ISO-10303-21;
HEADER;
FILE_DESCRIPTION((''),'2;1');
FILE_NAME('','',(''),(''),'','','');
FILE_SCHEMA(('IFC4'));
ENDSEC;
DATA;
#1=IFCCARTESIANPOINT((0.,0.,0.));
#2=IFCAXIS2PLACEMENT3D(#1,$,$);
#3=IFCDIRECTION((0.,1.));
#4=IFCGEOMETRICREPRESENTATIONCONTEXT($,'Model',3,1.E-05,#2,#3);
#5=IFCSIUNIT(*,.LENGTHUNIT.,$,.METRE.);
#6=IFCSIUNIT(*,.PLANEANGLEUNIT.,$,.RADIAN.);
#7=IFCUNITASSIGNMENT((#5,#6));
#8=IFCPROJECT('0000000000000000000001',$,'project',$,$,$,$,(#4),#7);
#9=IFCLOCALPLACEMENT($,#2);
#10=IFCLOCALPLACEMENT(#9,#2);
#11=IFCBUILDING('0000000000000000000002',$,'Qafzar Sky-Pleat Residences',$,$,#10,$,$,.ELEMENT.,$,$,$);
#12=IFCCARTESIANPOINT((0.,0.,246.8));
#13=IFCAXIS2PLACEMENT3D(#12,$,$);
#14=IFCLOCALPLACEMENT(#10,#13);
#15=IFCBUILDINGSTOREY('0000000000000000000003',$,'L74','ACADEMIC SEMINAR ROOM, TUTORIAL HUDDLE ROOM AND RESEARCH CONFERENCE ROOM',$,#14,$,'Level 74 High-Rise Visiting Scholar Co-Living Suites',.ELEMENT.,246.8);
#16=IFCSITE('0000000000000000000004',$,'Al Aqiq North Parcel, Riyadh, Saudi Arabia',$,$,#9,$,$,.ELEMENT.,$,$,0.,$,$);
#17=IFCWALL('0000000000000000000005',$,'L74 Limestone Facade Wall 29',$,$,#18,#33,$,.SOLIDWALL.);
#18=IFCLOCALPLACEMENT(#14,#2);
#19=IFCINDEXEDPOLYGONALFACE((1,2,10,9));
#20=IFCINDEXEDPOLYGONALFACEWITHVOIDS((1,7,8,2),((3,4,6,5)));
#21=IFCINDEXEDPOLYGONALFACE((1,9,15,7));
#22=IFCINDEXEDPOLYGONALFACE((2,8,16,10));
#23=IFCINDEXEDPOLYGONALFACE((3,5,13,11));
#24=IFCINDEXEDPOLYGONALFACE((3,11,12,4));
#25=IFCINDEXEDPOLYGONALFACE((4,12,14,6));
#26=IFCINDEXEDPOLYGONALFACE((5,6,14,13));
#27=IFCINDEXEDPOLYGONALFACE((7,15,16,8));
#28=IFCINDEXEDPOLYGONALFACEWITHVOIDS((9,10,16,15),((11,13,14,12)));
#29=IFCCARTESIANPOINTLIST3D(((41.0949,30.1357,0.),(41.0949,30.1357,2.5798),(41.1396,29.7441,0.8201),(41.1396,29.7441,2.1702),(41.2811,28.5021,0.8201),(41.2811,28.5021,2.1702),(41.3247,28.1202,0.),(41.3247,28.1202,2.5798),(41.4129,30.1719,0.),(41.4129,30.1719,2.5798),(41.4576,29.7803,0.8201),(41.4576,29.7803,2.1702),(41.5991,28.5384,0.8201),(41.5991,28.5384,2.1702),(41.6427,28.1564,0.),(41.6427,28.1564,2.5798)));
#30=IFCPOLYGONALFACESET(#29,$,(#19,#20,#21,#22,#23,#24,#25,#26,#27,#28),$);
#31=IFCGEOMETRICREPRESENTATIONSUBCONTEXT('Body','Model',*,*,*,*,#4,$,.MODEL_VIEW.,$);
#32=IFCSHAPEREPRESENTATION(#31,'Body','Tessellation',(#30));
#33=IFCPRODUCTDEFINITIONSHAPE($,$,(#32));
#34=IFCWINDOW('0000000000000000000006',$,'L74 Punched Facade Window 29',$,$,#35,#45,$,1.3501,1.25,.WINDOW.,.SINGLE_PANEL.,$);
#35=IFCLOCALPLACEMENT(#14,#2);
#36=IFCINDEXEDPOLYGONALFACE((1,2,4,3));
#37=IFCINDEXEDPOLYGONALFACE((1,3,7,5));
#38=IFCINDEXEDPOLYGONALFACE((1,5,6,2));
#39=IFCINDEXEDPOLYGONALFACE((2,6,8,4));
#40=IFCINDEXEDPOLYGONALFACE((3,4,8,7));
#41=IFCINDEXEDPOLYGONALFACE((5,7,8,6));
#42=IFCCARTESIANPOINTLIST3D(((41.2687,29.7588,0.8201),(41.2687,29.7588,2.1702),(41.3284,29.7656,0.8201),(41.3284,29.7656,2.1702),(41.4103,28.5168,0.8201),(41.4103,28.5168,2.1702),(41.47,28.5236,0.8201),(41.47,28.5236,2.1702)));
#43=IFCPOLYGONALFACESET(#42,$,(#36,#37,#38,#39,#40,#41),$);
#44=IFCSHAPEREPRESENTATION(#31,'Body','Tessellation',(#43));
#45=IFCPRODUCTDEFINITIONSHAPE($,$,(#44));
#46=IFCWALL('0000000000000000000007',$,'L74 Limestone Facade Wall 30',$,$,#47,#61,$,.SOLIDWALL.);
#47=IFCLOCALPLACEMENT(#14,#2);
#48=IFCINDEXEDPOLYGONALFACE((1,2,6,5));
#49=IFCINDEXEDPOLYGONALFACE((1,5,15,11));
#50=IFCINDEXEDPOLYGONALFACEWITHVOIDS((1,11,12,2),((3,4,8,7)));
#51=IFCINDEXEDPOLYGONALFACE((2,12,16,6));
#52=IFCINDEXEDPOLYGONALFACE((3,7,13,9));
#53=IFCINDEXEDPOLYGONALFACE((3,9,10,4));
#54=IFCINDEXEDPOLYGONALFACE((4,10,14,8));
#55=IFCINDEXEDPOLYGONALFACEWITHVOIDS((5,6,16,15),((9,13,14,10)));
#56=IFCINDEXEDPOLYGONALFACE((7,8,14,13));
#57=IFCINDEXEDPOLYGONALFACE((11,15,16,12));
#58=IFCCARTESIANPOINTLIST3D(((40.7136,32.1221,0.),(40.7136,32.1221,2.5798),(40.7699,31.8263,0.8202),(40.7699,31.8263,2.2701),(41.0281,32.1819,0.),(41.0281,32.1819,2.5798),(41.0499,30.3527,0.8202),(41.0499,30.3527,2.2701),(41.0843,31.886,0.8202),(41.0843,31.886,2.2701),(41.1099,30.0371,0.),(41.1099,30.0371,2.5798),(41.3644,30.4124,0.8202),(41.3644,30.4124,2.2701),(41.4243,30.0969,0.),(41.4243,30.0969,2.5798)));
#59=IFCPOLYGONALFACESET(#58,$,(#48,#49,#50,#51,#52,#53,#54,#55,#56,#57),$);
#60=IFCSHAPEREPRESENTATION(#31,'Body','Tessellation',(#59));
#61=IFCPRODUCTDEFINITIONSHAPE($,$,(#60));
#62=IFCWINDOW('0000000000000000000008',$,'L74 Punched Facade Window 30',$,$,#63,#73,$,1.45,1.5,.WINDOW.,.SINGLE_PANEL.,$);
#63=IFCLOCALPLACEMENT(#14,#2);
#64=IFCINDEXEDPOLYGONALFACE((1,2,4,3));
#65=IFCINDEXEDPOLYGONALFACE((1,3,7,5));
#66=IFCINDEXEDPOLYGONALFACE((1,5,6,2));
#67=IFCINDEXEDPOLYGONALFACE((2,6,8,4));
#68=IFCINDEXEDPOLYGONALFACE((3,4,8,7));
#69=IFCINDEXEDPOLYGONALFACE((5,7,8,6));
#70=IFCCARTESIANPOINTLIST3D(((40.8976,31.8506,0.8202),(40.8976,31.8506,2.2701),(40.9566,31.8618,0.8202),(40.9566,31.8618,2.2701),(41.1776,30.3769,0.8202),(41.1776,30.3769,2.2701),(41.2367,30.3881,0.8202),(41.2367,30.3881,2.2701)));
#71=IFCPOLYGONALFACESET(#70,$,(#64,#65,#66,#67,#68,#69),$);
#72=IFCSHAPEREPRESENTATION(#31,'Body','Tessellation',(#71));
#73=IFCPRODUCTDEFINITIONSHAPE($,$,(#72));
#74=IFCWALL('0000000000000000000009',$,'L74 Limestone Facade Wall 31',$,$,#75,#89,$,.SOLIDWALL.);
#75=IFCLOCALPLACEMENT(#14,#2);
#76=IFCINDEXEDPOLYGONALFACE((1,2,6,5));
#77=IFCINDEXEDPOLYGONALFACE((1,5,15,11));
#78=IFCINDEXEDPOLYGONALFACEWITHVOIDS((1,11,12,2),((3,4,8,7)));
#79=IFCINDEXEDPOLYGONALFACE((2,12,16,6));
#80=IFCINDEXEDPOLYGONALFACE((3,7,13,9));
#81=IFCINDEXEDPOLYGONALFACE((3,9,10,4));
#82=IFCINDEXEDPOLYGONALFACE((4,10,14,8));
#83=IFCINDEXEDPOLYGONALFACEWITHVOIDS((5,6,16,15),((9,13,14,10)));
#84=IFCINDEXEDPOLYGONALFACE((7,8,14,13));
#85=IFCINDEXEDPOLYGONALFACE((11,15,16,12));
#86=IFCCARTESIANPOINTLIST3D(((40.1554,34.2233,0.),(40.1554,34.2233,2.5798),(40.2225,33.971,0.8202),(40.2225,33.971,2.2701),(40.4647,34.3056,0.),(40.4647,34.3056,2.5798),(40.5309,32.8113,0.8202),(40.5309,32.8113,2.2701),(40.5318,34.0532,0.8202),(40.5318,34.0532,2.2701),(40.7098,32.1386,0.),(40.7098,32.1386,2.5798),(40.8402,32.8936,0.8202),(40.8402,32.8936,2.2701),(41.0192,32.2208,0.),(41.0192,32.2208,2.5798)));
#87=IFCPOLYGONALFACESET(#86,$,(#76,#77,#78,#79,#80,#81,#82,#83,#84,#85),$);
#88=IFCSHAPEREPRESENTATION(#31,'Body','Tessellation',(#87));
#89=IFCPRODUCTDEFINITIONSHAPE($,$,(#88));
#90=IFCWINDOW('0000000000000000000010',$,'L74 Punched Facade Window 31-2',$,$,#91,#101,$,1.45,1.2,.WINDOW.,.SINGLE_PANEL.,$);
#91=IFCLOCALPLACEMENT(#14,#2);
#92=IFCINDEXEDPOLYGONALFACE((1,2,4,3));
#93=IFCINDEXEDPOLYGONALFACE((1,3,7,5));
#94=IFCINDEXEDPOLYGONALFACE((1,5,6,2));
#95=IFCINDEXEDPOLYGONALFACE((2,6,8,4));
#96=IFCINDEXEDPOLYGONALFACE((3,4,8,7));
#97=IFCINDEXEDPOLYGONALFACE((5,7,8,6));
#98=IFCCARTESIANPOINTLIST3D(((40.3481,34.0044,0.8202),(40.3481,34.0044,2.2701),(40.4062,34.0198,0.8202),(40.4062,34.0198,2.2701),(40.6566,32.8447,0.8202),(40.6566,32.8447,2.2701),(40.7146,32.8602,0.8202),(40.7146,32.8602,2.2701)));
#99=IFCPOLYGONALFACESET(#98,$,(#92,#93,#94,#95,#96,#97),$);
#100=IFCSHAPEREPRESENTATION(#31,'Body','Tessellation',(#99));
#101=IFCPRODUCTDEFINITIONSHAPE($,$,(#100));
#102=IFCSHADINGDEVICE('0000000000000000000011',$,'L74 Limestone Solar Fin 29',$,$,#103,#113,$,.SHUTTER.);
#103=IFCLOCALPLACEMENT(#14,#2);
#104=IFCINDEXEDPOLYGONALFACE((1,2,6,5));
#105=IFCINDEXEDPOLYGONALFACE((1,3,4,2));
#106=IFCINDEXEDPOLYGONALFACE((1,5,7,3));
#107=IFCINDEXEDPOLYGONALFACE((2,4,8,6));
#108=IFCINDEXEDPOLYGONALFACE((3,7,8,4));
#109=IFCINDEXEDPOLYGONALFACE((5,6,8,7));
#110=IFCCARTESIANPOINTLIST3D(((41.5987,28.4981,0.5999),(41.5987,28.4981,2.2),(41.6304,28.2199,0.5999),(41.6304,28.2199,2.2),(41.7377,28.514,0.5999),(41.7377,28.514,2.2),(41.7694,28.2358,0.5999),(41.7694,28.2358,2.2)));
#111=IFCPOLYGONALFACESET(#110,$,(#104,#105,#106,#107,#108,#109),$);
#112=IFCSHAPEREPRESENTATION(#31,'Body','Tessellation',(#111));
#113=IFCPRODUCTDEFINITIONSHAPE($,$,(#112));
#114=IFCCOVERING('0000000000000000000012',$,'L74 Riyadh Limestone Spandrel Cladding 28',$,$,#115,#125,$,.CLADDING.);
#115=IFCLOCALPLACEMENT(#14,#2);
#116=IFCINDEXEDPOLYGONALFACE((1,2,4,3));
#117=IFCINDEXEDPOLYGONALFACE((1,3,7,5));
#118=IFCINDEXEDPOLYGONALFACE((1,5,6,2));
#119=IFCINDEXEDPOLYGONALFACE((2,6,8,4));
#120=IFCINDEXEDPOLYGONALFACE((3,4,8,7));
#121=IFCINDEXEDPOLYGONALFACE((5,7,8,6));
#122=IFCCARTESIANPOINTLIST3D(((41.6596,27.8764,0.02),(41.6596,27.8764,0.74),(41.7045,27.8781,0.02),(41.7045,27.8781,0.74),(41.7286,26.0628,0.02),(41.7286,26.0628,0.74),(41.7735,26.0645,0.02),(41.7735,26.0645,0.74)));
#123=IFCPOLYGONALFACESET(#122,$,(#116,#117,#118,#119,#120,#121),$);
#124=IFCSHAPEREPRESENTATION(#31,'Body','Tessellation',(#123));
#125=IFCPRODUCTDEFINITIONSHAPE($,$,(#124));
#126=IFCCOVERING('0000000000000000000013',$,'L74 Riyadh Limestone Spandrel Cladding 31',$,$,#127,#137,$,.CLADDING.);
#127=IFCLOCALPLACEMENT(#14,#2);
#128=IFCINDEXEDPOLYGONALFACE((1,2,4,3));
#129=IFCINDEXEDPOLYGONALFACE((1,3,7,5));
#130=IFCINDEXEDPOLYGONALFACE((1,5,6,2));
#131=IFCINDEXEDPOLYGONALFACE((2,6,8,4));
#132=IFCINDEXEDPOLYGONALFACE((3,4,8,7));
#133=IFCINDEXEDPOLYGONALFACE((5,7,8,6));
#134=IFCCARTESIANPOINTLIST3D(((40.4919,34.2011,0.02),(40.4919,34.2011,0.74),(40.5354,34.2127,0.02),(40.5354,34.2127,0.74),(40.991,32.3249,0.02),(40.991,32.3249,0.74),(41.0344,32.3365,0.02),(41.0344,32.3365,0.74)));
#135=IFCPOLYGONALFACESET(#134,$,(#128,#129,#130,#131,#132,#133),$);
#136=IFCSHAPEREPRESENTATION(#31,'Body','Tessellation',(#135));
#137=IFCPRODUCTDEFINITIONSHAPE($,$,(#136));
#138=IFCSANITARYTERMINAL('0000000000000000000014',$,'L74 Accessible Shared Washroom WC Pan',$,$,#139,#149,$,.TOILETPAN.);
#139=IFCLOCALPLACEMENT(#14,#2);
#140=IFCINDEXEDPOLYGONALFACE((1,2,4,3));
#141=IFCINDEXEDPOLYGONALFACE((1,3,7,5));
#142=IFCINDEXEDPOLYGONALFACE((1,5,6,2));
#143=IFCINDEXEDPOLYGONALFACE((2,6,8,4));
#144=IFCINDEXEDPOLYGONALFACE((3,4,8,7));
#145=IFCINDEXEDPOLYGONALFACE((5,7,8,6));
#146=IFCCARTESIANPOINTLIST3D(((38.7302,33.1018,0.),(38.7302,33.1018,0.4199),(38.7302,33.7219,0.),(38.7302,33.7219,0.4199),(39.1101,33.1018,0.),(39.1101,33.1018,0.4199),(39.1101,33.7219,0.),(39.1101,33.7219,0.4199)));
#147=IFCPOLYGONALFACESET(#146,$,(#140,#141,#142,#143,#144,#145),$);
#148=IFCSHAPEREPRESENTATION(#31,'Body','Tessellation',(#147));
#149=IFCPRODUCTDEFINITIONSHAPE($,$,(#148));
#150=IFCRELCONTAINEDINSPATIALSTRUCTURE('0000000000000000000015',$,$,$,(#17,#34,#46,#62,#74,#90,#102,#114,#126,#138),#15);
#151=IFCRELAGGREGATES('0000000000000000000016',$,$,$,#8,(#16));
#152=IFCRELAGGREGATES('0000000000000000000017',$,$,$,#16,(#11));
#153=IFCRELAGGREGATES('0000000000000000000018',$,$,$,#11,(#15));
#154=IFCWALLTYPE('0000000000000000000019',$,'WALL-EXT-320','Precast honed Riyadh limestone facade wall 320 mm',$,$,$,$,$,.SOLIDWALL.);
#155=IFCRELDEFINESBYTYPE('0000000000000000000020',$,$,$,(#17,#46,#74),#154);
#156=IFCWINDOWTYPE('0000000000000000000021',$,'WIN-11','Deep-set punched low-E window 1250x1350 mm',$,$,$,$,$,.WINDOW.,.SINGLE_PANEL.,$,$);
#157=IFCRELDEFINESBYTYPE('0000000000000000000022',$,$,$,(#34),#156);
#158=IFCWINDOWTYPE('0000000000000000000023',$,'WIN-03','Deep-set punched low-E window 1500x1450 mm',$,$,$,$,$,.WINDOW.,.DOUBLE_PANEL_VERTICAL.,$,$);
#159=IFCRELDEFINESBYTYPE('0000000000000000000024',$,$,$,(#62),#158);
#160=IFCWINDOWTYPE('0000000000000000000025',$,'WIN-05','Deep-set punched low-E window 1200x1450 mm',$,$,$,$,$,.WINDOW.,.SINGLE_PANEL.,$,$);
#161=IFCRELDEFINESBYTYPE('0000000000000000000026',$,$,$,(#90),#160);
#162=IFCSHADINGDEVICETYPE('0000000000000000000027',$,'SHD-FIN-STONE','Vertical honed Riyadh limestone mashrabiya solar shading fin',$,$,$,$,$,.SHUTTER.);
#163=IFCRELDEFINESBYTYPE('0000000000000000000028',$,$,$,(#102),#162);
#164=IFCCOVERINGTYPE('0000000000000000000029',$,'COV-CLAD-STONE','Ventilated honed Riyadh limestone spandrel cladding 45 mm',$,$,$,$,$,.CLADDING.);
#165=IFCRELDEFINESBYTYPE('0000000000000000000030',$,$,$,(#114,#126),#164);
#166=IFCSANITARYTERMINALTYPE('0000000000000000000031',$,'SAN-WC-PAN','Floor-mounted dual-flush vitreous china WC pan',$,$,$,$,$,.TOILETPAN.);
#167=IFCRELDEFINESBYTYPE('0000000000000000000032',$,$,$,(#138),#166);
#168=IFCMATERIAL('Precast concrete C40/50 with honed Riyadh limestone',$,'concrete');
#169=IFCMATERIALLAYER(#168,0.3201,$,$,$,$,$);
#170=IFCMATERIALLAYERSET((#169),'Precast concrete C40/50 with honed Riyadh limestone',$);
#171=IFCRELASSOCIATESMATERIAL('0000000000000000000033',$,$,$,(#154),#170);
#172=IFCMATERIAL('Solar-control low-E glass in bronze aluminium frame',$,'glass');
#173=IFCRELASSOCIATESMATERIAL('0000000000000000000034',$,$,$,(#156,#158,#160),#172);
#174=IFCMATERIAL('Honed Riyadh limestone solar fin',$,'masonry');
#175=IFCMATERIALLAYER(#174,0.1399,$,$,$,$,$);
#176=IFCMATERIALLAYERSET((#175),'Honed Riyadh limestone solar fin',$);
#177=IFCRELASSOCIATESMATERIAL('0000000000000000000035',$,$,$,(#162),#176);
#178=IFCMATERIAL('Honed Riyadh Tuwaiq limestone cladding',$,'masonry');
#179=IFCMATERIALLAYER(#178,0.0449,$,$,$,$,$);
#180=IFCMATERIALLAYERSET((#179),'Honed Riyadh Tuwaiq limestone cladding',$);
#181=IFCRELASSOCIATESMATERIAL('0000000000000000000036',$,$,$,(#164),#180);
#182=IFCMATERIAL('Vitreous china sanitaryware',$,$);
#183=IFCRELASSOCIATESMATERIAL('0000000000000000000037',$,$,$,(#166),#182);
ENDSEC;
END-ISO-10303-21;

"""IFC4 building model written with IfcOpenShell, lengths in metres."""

from ifc_helpers import new_model, si_unit, direction, frame, frame_2d, origin, origin_2d, place, context, subcontext, project, spatial, rectangle, extrude, source, transform, mapped, material, layer, layer_set, type_object, element, fill, save


model = new_model("IFC4")

# Units and contexts
model_context = context("Model", 3, precision=1e-05, world=origin(), true_north=direction((0.0, 1.0)))
body_context = subcontext(model_context, "Body", "Model", "MODEL_VIEW")
ifc_project = project(units=[si_unit("LENGTHUNIT", "METRE"), si_unit("PLANEANGLEUNIT", "RADIAN")], contexts=[model_context])

# Site, building, storey
site_placement = place(None, origin())
site = spatial("IfcSite", under=ifc_project, at=site_placement, Name="Al Aqiq North Parcel, Riyadh, Saudi Arabia", CompositionType="ELEMENT", RefElevation=0.0)
building_placement = place(site_placement, origin())
building = spatial("IfcBuilding", under=site, at=building_placement, Name="Qafzar Sky-Pleat Residences", CompositionType="ELEMENT")
storey_placement = place(building_placement, frame((0.0, 0.0, 246.8)))
storey = spatial("IfcBuildingStorey", under=building, at=storey_placement, Name="L74", Description="ACADEMIC SEMINAR ROOM, TUTORIAL HUDDLE ROOM AND RESEARCH CONFERENCE ROOM", LongName="Level 74 High-Rise Visiting Scholar Co-Living Suites", CompositionType="ELEMENT", Elevation=246.8)

# Walls, openings, windows
ifc_material_1 = material(Name="Precast concrete C40/50 with honed Riyadh limestone", Category="concrete")
ifc_layer_1 = layer(ifc_material_1, 0.3201)
ifc_layer_set_1 = layer_set([ifc_layer_1], Name="Precast concrete C40/50 with honed Riyadh limestone")
wall_type = type_object("IfcWallType", Name="WALL-EXT-320", Description="Precast honed Riyadh limestone facade wall 320 mm", PredefinedType="SOLIDWALL", material=ifc_layer_set_1)
wall_1_placement = place(storey_placement, frame((41.4836, 28.1384, 0.0), z_axis=(0.0, 0.0, 1.0), x_axis=(-0.113245, 0.993567, 0.0)))
wall_1 = element("IfcWall", 1, at=wall_1_placement, inside=storey, type_object=wall_type, Name="L74 Limestone Facade Wall 29", PredefinedType="SOLIDWALL", context=body_context, shape_type="SweptSolid", body=[
    extrude(rectangle(XDim=2.0286, YDim=0.3201, at=frame_2d((1.0142, 0.0))), origin(), (0.0, 0.0, 1.0), 2.5798),
])
opening_1_placement = place(wall_1_placement, frame((0.3843, 0.0, 0.8201)))
opening_1 = element("IfcOpeningElement", 2, at=opening_1_placement, cuts=wall_1, PredefinedType="OPENING", context=body_context, shape_type="SweptSolid", body=[
    extrude(rectangle(XDim=1.25, YDim=1.3501, at=frame_2d((0.625, 0.675))), frame((0.0, 0.1699, 0.0), z_axis=(0.0, -1.0, 0.0), x_axis=(1.0, 0.0, 0.0)), (0.0, 0.0, 1.0), 0.3401),
])
ifc_material_2 = material(Name="Solar-control low-E glass in bronze aluminium frame", Category="glass")
window_type_1 = type_object("IfcWindowType", Name="WIN-11", Description="Deep-set punched low-E window 1250x1350 mm", PartitioningType="SINGLE_PANEL", PredefinedType="WINDOW", material=ifc_material_2)
shared_shape_1 = source(origin(), body_context, "Body", "SweptSolid", [
    extrude(rectangle(XDim=1.25, YDim=1.3501, at=frame_2d((0.625, 0.675))), frame((0.0, 0.03, 0.0), z_axis=(0.0, -1.0, 0.0), x_axis=(1.0, 0.0, 0.0)), (0.0, 0.0, 1.0), 0.0601),
])
window_1_placement = place(opening_1_placement, origin())
window_1 = element("IfcWindow", 3, at=window_1_placement, inside=storey, type_object=window_type_1, Name="L74 Punched Facade Window 29", OverallHeight=1.3501, OverallWidth=1.25, PartitioningType="SINGLE_PANEL", PredefinedType="WINDOW", context=body_context, shape_type="MappedRepresentation", body=[
    mapped(shared_shape_1, transform((0.0, 0.0, 0.0), x_axis=(1.0, 0.0, 0.0), y_axis=(0.0, 1.0, 0.0), z_axis=(0.0, 0.0, 1.0), scale=1.0)),
])
fill(opening_1, window_1)
wall_2_placement = place(storey_placement, frame((41.2671, 30.0671, 0.0), z_axis=(0.0, 0.0, 1.0), x_axis=(-0.186705, 0.982416, 0.0)))
wall_2 = element("IfcWall", 4, at=wall_2_placement, inside=storey, type_object=wall_type, Name="L74 Limestone Facade Wall 30", PredefinedType="SOLIDWALL", context=body_context, shape_type="SweptSolid", body=[
    extrude(rectangle(XDim=2.1223, YDim=0.3201, at=frame_2d((1.061, 0.0))), origin(), (0.0, 0.0, 1.0), 2.5798),
])
opening_2_placement = place(wall_2_placement, frame((0.321, 0.0, 0.8201)))
opening_2 = element("IfcOpeningElement", 5, at=opening_2_placement, cuts=wall_2, PredefinedType="OPENING", context=body_context, shape_type="SweptSolid", body=[
    extrude(rectangle(XDim=1.5, YDim=1.45, at=frame_2d((0.75, 0.7251))), frame((0.0, 0.1699, 0.0), z_axis=(0.0, -1.0, 0.0), x_axis=(1.0, 0.0, 0.0)), (0.0, 0.0, 1.0), 0.3401),
])
window_type_2 = type_object("IfcWindowType", Name="WIN-03", Description="Deep-set punched low-E window 1500x1450 mm", PartitioningType="DOUBLE_PANEL_VERTICAL", PredefinedType="WINDOW", material=ifc_material_2)
shared_shape_2 = source(origin(), body_context, "Body", "SweptSolid", [
    extrude(rectangle(XDim=1.5, YDim=1.45, at=frame_2d((0.75, 0.7251))), frame((0.0, 0.03, 0.0), z_axis=(0.0, -1.0, 0.0), x_axis=(1.0, 0.0, 0.0)), (0.0, 0.0, 1.0), 0.0601),
])
window_2_placement = place(opening_2_placement, origin())
window_2 = element("IfcWindow", 6, at=window_2_placement, inside=storey, type_object=window_type_2, Name="L74 Punched Facade Window 30", OverallHeight=1.45, OverallWidth=1.5, PartitioningType="SINGLE_PANEL", PredefinedType="WINDOW", context=body_context, shape_type="MappedRepresentation", body=[
    mapped(shared_shape_2, transform((0.0, 0.0, 0.0), x_axis=(1.0, 0.0, 0.0), y_axis=(0.0, 1.0, 0.0), z_axis=(0.0, 0.0, 1.0), scale=1.0)),
])
fill(opening_2, window_2)
wall_3_placement = place(storey_placement, frame((40.8645, 32.1797, 0.0), z_axis=(0.0, 0.0, 1.0), x_axis=(-0.257022, 0.966406, 0.0)))
wall_3 = element("IfcWall", 7, at=wall_3_placement, inside=storey, type_object=wall_type, Name="L74 Limestone Facade Wall 31", PredefinedType="SOLIDWALL", context=body_context, shape_type="SweptSolid", body=[
    extrude(rectangle(XDim=2.1572, YDim=0.3201, at=frame_2d((1.0786, 0.0))), origin(), (0.0, 0.0, 1.0), 2.5798),
])
opening_3_placement = place(wall_3_placement, frame((0.696, 0.0, 0.8201)))
opening_3 = element("IfcOpeningElement", 8, at=opening_3_placement, cuts=wall_3, PredefinedType="OPENING", context=body_context, shape_type="SweptSolid", body=[
    extrude(rectangle(XDim=1.2, YDim=1.45, at=frame_2d((0.6001, 0.7251))), frame((0.0, 0.1699, 0.0), z_axis=(0.0, -1.0, 0.0), x_axis=(1.0, 0.0, 0.0)), (0.0, 0.0, 1.0), 0.3401),
])
window_type_3 = type_object("IfcWindowType", Name="WIN-05", Description="Deep-set punched low-E window 1200x1450 mm", PartitioningType="SINGLE_PANEL", PredefinedType="WINDOW", material=ifc_material_2)
shared_shape_3 = source(origin(), body_context, "Body", "SweptSolid", [
    extrude(rectangle(XDim=1.2, YDim=1.45, at=frame_2d((0.6001, 0.7251))), frame((0.0, 0.03, 0.0), z_axis=(0.0, -1.0, 0.0), x_axis=(1.0, 0.0, 0.0)), (0.0, 0.0, 1.0), 0.0601),
])
window_3_placement = place(opening_3_placement, origin())
window_3 = element("IfcWindow", 9, at=window_3_placement, inside=storey, type_object=window_type_3, Name="L74 Punched Facade Window 31-2", OverallHeight=1.45, OverallWidth=1.2, PartitioningType="SINGLE_PANEL", PredefinedType="WINDOW", context=body_context, shape_type="MappedRepresentation", body=[
    mapped(shared_shape_3, transform((0.0, 0.0, 0.0), x_axis=(1.0, 0.0, 0.0), y_axis=(0.0, 1.0, 0.0), z_axis=(0.0, 0.0, 1.0), scale=1.0)),
])
fill(opening_3, window_3)

# Shading device
ifc_material_3 = material(Name="Honed Riyadh limestone solar fin", Category="masonry")
ifc_layer_2 = layer(ifc_material_3, 0.1399)
ifc_layer_set_2 = layer_set([ifc_layer_2], Name="Honed Riyadh limestone solar fin")
shading_device_type = type_object("IfcShadingDeviceType", Name="SHD-FIN-STONE", Description="Vertical honed Riyadh limestone mashrabiya solar shading fin", PredefinedType="SHUTTER", material=ifc_layer_set_2)
shared_shape_4 = source(origin(), body_context, "Body", "SweptSolid", [
    extrude(rectangle(XDim=0.1399, YDim=0.28, at=origin_2d()), origin(), (0.0, 0.0, 1.0), 1.6001),
])
shading_device_placement = place(storey_placement, frame((41.6841, 28.3669, 0.5999), z_axis=(0.0, 0.0, 1.0), x_axis=(0.993563, 0.113285, 0.0)))
element("IfcShadingDevice", 10, at=shading_device_placement, inside=storey, type_object=shading_device_type, Name="L74 Limestone Solar Fin 29", PredefinedType="SHUTTER", context=body_context, shape_type="MappedRepresentation", body=[
    mapped(shared_shape_4, transform((0.0, 0.0, 0.0), x_axis=(1.0, 0.0, 0.0), y_axis=(0.0, 1.0, 0.0), z_axis=(0.0, 0.0, 1.0), scale=1.0)),
])

# Coverings
ifc_material_4 = material(Name="Honed Riyadh Tuwaiq limestone cladding", Category="masonry")
ifc_layer_3 = layer(ifc_material_4, 0.0449)
ifc_layer_set_3 = layer_set([ifc_layer_3], Name="Honed Riyadh Tuwaiq limestone cladding")
covering_type = type_object("IfcCoveringType", Name="COV-CLAD-STONE", Description="Ventilated honed Riyadh limestone spandrel cladding 45 mm", PredefinedType="CLADDING", material=ifc_layer_set_3)
shared_shape_5 = source(origin(), body_context, "Body", "SweptSolid", [
    extrude(rectangle(XDim=1.8149, YDim=0.0449, at=origin_2d()), origin(), (0.0, 0.0, 1.0), 0.72),
])
covering_1_placement = place(storey_placement, frame((41.7166, 26.9705, 0.02), z_axis=(0.0, 0.0, 1.0), x_axis=(-0.037984, 0.999278, 0.0)))
element("IfcCovering", 11, at=covering_1_placement, inside=storey, type_object=covering_type, Name="L74 Riyadh Limestone Spandrel Cladding 28", PredefinedType="CLADDING", context=body_context, shape_type="MappedRepresentation", body=[
    mapped(shared_shape_5, transform((0.0, 0.0, 0.0), x_axis=(1.0, 0.0, 0.0), y_axis=(0.0, 1.0, 0.0), z_axis=(0.0, 0.0, 1.0), scale=1.0)),
])
shared_shape_6 = source(origin(), body_context, "Body", "SweptSolid", [
    extrude(rectangle(XDim=1.9414, YDim=0.0449, at=origin_2d()), origin(), (0.0, 0.0, 1.0), 0.72),
])
covering_2_placement = place(storey_placement, frame((40.7632, 33.2688, 0.02), z_axis=(0.0, 0.0, 1.0), x_axis=(-0.25706, 0.966396, 0.0)))
element("IfcCovering", 12, at=covering_2_placement, inside=storey, type_object=covering_type, Name="L74 Riyadh Limestone Spandrel Cladding 31", PredefinedType="CLADDING", context=body_context, shape_type="MappedRepresentation", body=[
    mapped(shared_shape_6, transform((0.0, 0.0, 0.0), x_axis=(1.0, 0.0, 0.0), y_axis=(0.0, 1.0, 0.0), z_axis=(0.0, 0.0, 1.0), scale=1.0)),
])

# Sanitary terminal
ifc_material_5 = material(Name="Vitreous china sanitaryware")
sanitary_terminal_type_1 = type_object("IfcSanitaryTerminalType", Name="SAN-WC-PAN", Description="Floor-mounted dual-flush vitreous china WC pan", PredefinedType="TOILETPAN", material=ifc_material_5)
shared_shape_7 = source(origin(), body_context, "Body", "SweptSolid", [
    extrude(rectangle(XDim=0.3799, YDim=0.6201, at=origin_2d()), origin(), (0.0, 0.0, 1.0), 0.4199),
])
sanitary_terminal_1_placement = place(storey_placement, frame((38.9202, 33.4119, 0.0), z_axis=(0.0, 0.0, 1.0), x_axis=(1.0, 0.0, 0.0)))
element("IfcSanitaryTerminal", 13, at=sanitary_terminal_1_placement, inside=storey, type_object=sanitary_terminal_type_1, Name="L74 Accessible Shared Washroom WC Pan", PredefinedType="TOILETPAN", context=body_context, shape_type="MappedRepresentation", body=[
    mapped(shared_shape_7, transform((0.0, 0.0, 0.0), x_axis=(1.0, 0.0, 0.0), y_axis=(0.0, 1.0, 0.0), z_axis=(0.0, 0.0, 1.0), scale=1.0)),
])

save(model, "model.ifc")
